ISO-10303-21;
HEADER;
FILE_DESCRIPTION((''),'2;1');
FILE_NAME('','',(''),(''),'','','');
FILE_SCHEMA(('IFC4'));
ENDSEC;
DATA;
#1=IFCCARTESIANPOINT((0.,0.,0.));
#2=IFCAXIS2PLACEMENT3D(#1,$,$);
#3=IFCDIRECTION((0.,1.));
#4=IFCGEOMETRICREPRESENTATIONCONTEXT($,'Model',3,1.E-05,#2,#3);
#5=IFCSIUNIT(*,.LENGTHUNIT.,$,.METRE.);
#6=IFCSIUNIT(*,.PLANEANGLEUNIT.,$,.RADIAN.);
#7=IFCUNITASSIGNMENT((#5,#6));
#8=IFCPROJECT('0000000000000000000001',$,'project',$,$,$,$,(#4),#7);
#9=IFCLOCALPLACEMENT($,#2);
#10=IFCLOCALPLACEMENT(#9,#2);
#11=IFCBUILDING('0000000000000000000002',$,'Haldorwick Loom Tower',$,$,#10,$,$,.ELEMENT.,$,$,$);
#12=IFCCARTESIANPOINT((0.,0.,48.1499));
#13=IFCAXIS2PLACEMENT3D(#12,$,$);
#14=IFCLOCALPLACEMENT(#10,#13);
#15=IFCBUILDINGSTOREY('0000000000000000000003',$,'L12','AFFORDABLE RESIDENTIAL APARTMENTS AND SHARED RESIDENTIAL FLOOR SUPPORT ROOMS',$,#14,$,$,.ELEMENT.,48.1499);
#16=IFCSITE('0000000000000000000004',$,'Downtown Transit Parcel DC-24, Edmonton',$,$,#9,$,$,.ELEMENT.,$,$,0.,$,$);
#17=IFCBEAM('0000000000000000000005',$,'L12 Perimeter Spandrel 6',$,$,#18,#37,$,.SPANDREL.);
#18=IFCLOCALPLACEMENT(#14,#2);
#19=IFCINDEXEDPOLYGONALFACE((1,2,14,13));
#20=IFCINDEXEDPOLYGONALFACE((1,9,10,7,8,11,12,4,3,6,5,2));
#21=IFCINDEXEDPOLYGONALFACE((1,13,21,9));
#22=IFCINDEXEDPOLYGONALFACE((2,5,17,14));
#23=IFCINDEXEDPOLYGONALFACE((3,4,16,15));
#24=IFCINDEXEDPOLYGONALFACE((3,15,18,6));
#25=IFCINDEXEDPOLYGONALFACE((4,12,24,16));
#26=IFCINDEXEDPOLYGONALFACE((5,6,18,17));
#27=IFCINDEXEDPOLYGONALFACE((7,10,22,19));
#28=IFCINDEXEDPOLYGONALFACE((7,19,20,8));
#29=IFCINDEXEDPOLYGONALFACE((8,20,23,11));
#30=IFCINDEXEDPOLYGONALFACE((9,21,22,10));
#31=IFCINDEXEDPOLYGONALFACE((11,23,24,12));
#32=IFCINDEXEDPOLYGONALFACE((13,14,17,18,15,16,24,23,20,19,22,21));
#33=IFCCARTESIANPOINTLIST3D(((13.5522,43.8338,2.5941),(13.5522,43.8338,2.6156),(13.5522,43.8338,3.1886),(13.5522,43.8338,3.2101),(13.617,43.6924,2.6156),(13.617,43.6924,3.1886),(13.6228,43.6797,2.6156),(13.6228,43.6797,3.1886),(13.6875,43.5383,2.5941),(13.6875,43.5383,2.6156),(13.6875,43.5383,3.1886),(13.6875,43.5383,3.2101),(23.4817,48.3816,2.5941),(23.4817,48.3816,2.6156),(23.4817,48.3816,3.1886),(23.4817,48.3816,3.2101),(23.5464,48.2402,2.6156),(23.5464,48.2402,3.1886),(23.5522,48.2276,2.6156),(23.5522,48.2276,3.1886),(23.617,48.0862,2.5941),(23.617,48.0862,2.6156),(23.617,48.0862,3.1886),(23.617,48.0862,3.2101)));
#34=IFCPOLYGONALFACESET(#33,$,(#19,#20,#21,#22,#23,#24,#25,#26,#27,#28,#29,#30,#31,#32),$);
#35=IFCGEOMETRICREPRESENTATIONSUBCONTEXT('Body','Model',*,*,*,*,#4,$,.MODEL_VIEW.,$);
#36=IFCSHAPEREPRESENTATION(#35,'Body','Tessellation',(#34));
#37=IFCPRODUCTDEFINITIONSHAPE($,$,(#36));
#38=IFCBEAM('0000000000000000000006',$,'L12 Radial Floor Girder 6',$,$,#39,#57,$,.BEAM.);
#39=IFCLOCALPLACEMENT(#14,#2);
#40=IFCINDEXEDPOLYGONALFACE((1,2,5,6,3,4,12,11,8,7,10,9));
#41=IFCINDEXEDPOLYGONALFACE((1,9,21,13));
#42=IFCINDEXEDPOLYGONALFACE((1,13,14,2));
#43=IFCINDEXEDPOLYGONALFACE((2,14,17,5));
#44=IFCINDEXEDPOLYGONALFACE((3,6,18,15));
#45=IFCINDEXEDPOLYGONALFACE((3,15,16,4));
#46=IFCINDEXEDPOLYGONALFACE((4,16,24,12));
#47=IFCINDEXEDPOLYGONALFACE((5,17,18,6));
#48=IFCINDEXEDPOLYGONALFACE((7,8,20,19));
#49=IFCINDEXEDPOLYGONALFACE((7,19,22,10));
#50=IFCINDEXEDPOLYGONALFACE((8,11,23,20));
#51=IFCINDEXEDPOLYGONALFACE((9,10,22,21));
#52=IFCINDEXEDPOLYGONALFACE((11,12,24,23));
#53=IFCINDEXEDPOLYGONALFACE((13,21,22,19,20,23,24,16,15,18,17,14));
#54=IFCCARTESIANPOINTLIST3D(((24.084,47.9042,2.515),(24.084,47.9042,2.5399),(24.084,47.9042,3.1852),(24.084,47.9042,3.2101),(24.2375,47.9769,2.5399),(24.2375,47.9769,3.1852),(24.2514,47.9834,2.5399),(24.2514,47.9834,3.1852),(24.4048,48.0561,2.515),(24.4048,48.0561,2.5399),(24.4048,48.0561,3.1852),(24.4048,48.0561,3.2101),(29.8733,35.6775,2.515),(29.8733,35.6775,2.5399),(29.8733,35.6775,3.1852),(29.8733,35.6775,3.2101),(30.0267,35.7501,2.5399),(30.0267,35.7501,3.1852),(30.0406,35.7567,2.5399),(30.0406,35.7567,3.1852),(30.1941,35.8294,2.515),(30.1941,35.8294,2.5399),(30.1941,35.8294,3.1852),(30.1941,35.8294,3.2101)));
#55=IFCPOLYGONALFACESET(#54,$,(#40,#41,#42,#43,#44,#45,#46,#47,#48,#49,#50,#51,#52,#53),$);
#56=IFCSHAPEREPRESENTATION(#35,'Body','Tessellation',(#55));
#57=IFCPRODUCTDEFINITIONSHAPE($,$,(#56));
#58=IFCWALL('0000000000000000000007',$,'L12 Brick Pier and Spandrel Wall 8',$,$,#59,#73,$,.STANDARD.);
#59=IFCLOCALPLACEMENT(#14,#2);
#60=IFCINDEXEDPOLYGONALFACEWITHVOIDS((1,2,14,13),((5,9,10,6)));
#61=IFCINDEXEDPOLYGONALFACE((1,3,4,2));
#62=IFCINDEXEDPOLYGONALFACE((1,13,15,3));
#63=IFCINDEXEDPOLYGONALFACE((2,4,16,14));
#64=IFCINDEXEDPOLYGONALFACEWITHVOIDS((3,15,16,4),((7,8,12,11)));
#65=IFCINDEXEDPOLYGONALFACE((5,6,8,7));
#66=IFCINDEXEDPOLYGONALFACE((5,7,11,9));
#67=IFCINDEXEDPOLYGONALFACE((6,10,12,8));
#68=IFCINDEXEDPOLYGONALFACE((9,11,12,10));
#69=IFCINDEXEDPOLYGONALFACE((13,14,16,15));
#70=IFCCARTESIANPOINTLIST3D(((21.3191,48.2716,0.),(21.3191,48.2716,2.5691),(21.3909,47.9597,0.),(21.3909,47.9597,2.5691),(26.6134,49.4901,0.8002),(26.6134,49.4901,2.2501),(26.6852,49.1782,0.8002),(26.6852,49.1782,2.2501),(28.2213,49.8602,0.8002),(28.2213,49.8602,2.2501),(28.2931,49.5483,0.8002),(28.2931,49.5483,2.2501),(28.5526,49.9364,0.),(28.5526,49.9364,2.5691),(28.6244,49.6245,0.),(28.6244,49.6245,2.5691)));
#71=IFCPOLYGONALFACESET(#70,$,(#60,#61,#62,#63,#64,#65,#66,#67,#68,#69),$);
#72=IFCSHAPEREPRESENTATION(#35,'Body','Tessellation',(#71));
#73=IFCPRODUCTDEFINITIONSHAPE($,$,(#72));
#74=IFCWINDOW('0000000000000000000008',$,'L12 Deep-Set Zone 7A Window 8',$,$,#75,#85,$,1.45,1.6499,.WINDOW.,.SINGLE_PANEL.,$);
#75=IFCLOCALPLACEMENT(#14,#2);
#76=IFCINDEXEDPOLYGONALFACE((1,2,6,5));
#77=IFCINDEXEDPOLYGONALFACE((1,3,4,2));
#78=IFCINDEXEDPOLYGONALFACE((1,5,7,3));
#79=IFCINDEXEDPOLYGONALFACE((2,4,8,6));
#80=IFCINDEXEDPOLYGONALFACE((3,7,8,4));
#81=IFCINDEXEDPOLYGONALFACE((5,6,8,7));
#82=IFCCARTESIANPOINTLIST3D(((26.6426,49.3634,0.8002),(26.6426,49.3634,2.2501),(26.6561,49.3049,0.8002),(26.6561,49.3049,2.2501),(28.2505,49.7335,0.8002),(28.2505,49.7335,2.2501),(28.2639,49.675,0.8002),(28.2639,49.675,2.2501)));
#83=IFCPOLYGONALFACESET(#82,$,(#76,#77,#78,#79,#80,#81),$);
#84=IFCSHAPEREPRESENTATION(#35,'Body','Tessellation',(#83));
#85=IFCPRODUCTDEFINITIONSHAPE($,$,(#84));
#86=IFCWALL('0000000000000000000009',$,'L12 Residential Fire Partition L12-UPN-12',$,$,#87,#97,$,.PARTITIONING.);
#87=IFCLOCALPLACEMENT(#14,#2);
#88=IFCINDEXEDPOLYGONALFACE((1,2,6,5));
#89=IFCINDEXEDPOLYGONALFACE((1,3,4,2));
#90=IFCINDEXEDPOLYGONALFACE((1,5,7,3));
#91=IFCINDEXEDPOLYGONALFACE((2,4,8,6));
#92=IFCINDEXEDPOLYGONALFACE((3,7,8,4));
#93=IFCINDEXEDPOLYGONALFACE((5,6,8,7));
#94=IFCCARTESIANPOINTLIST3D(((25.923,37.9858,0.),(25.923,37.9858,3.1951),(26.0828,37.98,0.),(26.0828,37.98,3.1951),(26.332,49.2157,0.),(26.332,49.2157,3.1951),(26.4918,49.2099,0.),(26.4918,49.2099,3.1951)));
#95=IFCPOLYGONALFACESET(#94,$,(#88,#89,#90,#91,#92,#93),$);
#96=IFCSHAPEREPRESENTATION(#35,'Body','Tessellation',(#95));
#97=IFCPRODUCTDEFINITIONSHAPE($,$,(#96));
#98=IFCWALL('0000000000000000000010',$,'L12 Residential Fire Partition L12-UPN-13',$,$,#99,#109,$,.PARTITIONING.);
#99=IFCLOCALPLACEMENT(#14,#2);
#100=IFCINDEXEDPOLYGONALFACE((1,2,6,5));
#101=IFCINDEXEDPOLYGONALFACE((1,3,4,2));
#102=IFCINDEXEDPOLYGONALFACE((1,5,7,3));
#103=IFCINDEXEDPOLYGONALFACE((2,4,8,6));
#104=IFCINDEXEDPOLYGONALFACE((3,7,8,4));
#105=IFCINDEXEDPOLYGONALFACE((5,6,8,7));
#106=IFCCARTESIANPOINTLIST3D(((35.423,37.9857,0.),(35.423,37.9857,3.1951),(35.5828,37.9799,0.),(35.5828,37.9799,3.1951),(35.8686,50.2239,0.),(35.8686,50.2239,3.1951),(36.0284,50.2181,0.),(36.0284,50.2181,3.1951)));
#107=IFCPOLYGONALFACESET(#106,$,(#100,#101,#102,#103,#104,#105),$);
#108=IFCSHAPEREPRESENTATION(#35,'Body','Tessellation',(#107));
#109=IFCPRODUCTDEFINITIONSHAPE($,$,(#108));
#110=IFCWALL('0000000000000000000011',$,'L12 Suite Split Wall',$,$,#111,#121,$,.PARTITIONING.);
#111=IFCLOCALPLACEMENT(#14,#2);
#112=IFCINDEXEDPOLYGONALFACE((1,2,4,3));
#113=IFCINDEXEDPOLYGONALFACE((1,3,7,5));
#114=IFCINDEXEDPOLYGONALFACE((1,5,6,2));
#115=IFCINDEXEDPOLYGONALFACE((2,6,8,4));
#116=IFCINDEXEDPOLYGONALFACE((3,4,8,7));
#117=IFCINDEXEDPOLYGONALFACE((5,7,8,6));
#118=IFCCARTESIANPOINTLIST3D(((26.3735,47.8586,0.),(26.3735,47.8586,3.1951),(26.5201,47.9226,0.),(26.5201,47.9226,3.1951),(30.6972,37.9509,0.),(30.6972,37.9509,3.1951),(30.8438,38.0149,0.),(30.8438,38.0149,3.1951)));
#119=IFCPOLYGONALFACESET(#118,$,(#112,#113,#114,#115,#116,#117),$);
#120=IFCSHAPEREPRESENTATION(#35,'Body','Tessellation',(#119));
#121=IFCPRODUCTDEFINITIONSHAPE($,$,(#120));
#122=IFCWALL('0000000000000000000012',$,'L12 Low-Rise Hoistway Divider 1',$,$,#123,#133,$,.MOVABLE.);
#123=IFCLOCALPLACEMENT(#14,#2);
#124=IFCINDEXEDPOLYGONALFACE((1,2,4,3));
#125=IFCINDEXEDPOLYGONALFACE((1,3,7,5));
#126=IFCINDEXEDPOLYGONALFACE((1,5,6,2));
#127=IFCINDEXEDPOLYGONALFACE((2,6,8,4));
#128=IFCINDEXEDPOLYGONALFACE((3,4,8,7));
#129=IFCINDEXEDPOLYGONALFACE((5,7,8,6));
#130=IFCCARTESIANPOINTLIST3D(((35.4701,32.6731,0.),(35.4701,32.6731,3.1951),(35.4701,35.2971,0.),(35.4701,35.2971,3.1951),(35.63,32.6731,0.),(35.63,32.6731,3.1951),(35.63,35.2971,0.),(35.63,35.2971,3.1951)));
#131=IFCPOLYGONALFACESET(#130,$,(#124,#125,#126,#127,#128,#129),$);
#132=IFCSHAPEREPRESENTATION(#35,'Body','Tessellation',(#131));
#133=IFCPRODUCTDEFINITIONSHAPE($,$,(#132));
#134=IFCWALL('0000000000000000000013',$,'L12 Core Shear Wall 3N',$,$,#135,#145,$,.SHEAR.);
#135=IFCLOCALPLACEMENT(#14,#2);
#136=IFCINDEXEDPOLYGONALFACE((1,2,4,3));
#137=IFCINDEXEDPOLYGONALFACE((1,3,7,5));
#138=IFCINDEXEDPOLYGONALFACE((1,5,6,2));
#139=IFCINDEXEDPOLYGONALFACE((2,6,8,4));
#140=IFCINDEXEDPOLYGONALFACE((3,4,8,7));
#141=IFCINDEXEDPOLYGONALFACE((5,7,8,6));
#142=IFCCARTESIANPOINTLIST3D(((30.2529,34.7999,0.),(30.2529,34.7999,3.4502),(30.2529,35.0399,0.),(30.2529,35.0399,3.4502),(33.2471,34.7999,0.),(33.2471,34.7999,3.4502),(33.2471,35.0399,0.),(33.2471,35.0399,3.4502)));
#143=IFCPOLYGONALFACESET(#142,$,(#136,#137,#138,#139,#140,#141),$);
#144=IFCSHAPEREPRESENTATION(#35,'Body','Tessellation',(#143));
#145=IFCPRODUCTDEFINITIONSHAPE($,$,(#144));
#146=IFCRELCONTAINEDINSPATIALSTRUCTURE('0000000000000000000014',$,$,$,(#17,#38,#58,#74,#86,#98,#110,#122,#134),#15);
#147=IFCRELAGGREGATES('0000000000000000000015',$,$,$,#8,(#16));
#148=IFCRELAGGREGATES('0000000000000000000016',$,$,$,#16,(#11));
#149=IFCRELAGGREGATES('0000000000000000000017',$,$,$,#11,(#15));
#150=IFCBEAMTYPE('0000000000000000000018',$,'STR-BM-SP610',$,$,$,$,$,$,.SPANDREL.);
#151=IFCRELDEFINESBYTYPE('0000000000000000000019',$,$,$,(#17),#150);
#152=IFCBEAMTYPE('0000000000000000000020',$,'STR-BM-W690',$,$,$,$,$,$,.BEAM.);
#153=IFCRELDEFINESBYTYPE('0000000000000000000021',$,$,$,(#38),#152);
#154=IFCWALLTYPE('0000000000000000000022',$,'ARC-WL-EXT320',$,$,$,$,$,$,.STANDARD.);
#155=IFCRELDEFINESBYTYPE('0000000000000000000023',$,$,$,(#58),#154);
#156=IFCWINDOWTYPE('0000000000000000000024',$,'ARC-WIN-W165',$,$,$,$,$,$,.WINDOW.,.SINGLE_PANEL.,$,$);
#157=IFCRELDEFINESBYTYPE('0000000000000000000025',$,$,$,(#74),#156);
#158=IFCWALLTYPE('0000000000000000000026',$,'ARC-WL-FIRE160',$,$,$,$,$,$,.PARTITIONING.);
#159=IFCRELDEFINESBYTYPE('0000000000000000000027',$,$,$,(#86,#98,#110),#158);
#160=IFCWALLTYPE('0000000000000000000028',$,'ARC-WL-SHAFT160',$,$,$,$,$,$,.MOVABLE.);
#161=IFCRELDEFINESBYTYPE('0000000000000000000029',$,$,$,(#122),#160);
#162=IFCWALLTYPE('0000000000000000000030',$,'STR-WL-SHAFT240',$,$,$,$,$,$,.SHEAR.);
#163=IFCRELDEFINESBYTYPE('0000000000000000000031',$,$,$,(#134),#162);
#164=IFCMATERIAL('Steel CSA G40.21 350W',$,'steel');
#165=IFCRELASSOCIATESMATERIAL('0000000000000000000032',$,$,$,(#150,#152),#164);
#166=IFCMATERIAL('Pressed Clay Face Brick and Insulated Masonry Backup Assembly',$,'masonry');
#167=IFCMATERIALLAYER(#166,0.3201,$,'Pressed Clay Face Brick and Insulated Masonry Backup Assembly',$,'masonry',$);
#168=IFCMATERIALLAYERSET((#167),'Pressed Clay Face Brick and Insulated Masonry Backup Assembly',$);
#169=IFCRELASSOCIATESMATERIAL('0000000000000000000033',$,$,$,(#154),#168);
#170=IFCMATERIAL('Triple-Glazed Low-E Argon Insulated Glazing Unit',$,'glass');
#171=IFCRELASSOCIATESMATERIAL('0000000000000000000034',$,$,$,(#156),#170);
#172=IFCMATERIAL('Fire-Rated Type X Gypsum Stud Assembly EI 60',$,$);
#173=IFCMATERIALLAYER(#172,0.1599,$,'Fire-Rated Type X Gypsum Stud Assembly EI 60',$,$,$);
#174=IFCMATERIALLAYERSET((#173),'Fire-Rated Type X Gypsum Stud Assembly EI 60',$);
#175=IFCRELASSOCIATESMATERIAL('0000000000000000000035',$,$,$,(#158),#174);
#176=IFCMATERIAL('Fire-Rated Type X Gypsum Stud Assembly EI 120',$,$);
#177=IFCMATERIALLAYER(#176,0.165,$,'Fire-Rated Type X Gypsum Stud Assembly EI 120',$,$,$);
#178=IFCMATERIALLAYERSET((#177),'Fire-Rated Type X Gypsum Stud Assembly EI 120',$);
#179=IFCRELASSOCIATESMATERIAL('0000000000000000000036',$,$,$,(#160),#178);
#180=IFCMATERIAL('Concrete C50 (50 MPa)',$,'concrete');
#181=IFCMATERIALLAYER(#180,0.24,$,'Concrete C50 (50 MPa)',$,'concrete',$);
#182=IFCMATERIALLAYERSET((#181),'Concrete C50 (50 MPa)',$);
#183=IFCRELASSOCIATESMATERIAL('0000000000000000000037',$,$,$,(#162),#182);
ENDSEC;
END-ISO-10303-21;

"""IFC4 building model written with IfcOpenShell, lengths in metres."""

from ifc_helpers import new_model, si_unit, direction, frame, frame_2d, origin, origin_2d, place, context, subcontext, project, spatial, rectangle, i_section, extrude, material, layer, layer_set, material_profile, profile_set, type_object, element, fill, save


model = new_model("IFC4")

# Units and contexts
model_context = context("Model", 3, precision=1e-05, world=origin(), true_north=direction((0.0, 1.0)))
body_context = subcontext(model_context, "Body", "Model", "MODEL_VIEW")
ifc_project = project(units=[si_unit("LENGTHUNIT", "METRE"), si_unit("PLANEANGLEUNIT", "RADIAN")], contexts=[model_context])

# Site, building, storey
site_placement = place(None, origin())
site = spatial("IfcSite", under=ifc_project, at=site_placement, Name="Downtown Transit Parcel DC-24, Edmonton", CompositionType="ELEMENT", RefElevation=0.0)
building_placement = place(site_placement, origin())
building = spatial("IfcBuilding", under=site, at=building_placement, Name="Haldorwick Loom Tower", CompositionType="ELEMENT")
storey_placement = place(building_placement, frame((0.0, 0.0, 48.1499)))
storey = spatial("IfcBuildingStorey", under=building, at=storey_placement, Name="L12", Description="AFFORDABLE RESIDENTIAL APARTMENTS AND SHARED RESIDENTIAL FLOOR SUPPORT ROOMS", CompositionType="ELEMENT", Elevation=48.1499)

# Beams
ifc_material_1 = material(Name="Steel CSA G40.21 350W", Category="steel")
ifc_material_profile_1 = material_profile(ifc_material_1, i_section(OverallWidth=0.325, OverallDepth=0.616, WebThickness=0.0139, FlangeThickness=0.0215, at=origin_2d()), Name="W610X174", Category="steel")
ifc_profile_set_1 = profile_set([ifc_material_profile_1], Name="Steel CSA G40.21 350W")
beam_type_1 = type_object("IfcBeamType", Name="STR-BM-SP610", PredefinedType="SPANDREL", material=ifc_profile_set_1)
beam_1_placement = place(storey_placement, frame((23.5493, 48.2339, 2.9021), z_axis=(-0.909174, -0.416417, 0.0), x_axis=(0.416417, -0.909174, 0.0)))
element("IfcBeam", 1, at=beam_1_placement, inside=storey, type_object=beam_type_1, Name="L12 Perimeter Spandrel 6", PredefinedType="SPANDREL", context=body_context, shape_type="SweptSolid", body=[
    extrude(i_section(OverallWidth=0.325, OverallDepth=0.616, WebThickness=0.0139, FlangeThickness=0.0215, at=origin_2d()), origin(), (0.0, 0.0, 1.0), 10.9214),
])
ifc_material_profile_2 = material_profile(ifc_material_1, i_section(OverallWidth=0.355, OverallDepth=0.6951, WebThickness=0.0154, FlangeThickness=0.0249, at=origin_2d()), Name="W690X217", Category="steel")
ifc_profile_set_2 = profile_set([ifc_material_profile_2], Name="Steel CSA G40.21 350W")
beam_type_2 = type_object("IfcBeamType", Name="STR-BM-W690", PredefinedType="BEAM", material=ifc_profile_set_2)
beam_2_placement = place(storey_placement, frame((30.0337, 35.7534, 2.8625), z_axis=(-0.427945, 0.903805, 0.0), x_axis=(-0.903805, -0.427945, 0.0)))
element("IfcBeam", 2, at=beam_2_placement, inside=storey, type_object=beam_type_2, Name="L12 Radial Floor Girder 6", PredefinedType="BEAM", context=body_context, shape_type="SweptSolid", body=[
    extrude(i_section(OverallWidth=0.355, OverallDepth=0.6951, WebThickness=0.0154, FlangeThickness=0.0249, at=origin_2d()), origin(), (0.0, 0.0, 1.0), 13.5281),
])

# Wall, opening, window
ifc_material_2 = material(Name="Pressed Clay Face Brick and Insulated Masonry Backup Assembly", Category="masonry")
ifc_layer_1 = layer(ifc_material_2, 0.3201, Name="Pressed Clay Face Brick and Insulated Masonry Backup Assembly", Category="masonry")
ifc_layer_set_1 = layer_set([ifc_layer_1], Name="Pressed Clay Face Brick and Insulated Masonry Backup Assembly")
wall_type_1 = type_object("IfcWallType", Name="ARC-WL-EXT320", PredefinedType="STANDARD", material=ifc_layer_set_1)
wall_1_placement = place(storey_placement, frame((28.5886, 49.7805, 0.0), z_axis=(0.0, 0.0, 1.0), x_axis=(-0.974522, -0.22429, 0.0)))
wall_1 = element("IfcWall", 3, at=wall_1_placement, inside=storey, type_object=wall_type_1, Name="L12 Brick Pier and Spandrel Wall 8", PredefinedType="STANDARD", context=body_context, shape_type="SweptSolid", body=[
    extrude(rectangle(XDim=7.4226, YDim=0.3201, at=frame_2d((3.7114, 0.0))), origin(), (0.0, 0.0, 1.0), 2.5691),
])
opening_placement = place(wall_1_placement, frame((0.3401, 0.0, 0.8)))
opening = element("IfcOpeningElement", 4, at=opening_placement, cuts=wall_1, PredefinedType="OPENING", context=body_context, shape_type="SweptSolid", body=[
    extrude(rectangle(XDim=1.6499, YDim=1.45, at=frame_2d((0.825, 0.7251))), frame((0.0, 0.1699, 0.0), z_axis=(0.0, -1.0, 0.0), x_axis=(1.0, 0.0, 0.0)), (0.0, 0.0, 1.0), 0.3401),
])
ifc_material_3 = material(Name="Triple-Glazed Low-E Argon Insulated Glazing Unit", Category="glass")
window_type = type_object("IfcWindowType", Name="ARC-WIN-W165", PartitioningType="SINGLE_PANEL", PredefinedType="WINDOW", material=ifc_material_3)
window_placement = place(opening_placement, origin())
window = element("IfcWindow", 5, at=window_placement, inside=storey, type_object=window_type, Name="L12 Deep-Set Zone 7A Window 8", OverallHeight=1.45, OverallWidth=1.6499, PartitioningType="SINGLE_PANEL", PredefinedType="WINDOW", context=body_context, shape_type="SweptSolid", body=[
    extrude(rectangle(XDim=1.6499, YDim=1.45, at=frame_2d((0.825, 0.7251))), frame((0.0, 0.03, 0.0), z_axis=(0.0, -1.0, 0.0), x_axis=(1.0, 0.0, 0.0)), (0.0, 0.0, 1.0), 0.0601),
])
fill(opening, window)

# Walls
ifc_material_4 = material(Name="Fire-Rated Type X Gypsum Stud Assembly EI 60")
ifc_layer_2 = layer(ifc_material_4, 0.1599, Name="Fire-Rated Type X Gypsum Stud Assembly EI 60")
ifc_layer_set_2 = layer_set([ifc_layer_2], Name="Fire-Rated Type X Gypsum Stud Assembly EI 60")
wall_type_2 = type_object("IfcWallType", Name="ARC-WL-FIRE160", PredefinedType="PARTITIONING", material=ifc_layer_set_2)
wall_2_placement = place(storey_placement, frame((26.0029, 37.9829, 0.0), z_axis=(0.0, 0.0, 1.0), x_axis=(0.036391, 0.999338, 0.0)))
element("IfcWall", 6, at=wall_2_placement, inside=storey, type_object=wall_type_2, Name="L12 Residential Fire Partition L12-UPN-12", PredefinedType="PARTITIONING", context=body_context, shape_type="SweptSolid", body=[
    extrude(rectangle(XDim=11.2373, YDim=0.1599, at=frame_2d((5.6187, 0.0))), origin(), (0.0, 0.0, 1.0), 3.1951),
])
wall_3_placement = place(storey_placement, frame((35.5029, 37.9829, 0.0), z_axis=(0.0, 0.0, 1.0), x_axis=(0.036383, 0.999338, 0.0)))
element("IfcWall", 7, at=wall_3_placement, inside=storey, type_object=wall_type_2, Name="L12 Residential Fire Partition L12-UPN-13", PredefinedType="PARTITIONING", context=body_context, shape_type="SweptSolid", body=[
    extrude(rectangle(XDim=12.2463, YDim=0.1599, at=frame_2d((6.123, 0.0))), origin(), (0.0, 0.0, 1.0), 3.1951),
])
wall_4_placement = place(storey_placement, frame((30.7705, 37.9829, 0.0), z_axis=(0.0, 0.0, 1.0), x_axis=(-0.399973, 0.916527, 0.0)))
element("IfcWall", 8, at=wall_4_placement, inside=storey, type_object=wall_type_2, Name="L12 Suite Split Wall", PredefinedType="PARTITIONING", context=body_context, shape_type="SweptSolid", body=[
    extrude(rectangle(XDim=10.8101, YDim=0.1599, at=frame_2d((5.405, 0.0))), origin(), (0.0, 0.0, 1.0), 3.1951),
])
ifc_material_5 = material(Name="Fire-Rated Type X Gypsum Stud Assembly EI 120")
ifc_layer_3 = layer(ifc_material_5, 0.165, Name="Fire-Rated Type X Gypsum Stud Assembly EI 120")
ifc_layer_set_3 = layer_set([ifc_layer_3], Name="Fire-Rated Type X Gypsum Stud Assembly EI 120")
wall_type_3 = type_object("IfcWallType", Name="ARC-WL-SHAFT160", PredefinedType="MOVABLE", material=ifc_layer_set_3)
wall_5_placement = place(storey_placement, frame((35.55, 32.6731, 0.0), z_axis=(0.0, 0.0, 1.0), x_axis=(0.0, 1.0, 0.0)))
element("IfcWall", 9, at=wall_5_placement, inside=storey, type_object=wall_type_3, Name="L12 Low-Rise Hoistway Divider 1", PredefinedType="MOVABLE", context=body_context, shape_type="SweptSolid", body=[
    extrude(rectangle(XDim=2.624, YDim=0.1599, at=frame_2d((1.312, 0.0))), origin(), (0.0, 0.0, 1.0), 3.1951),
])
ifc_material_6 = material(Name="Concrete C50 (50 MPa)", Category="concrete")
ifc_layer_4 = layer(ifc_material_6, 0.24, Name="Concrete C50 (50 MPa)", Category="concrete")
ifc_layer_set_4 = layer_set([ifc_layer_4], Name="Concrete C50 (50 MPa)")
wall_type_4 = type_object("IfcWallType", Name="STR-WL-SHAFT240", PredefinedType="SHEAR", material=ifc_layer_set_4)
wall_6_placement = place(storey_placement, frame((30.2529, 34.9199, 0.0), z_axis=(0.0, 0.0, 1.0), x_axis=(1.0, 0.0, 0.0)))
element("IfcWall", 10, at=wall_6_placement, inside=storey, type_object=wall_type_4, Name="L12 Core Shear Wall 3N", PredefinedType="SHEAR", context=body_context, shape_type="SweptSolid", body=[
    extrude(rectangle(XDim=2.9941, YDim=0.24, at=frame_2d((1.4971, 0.0))), origin(), (0.0, 0.0, 1.0), 3.4502),
])

save(model, "model.ifc")
